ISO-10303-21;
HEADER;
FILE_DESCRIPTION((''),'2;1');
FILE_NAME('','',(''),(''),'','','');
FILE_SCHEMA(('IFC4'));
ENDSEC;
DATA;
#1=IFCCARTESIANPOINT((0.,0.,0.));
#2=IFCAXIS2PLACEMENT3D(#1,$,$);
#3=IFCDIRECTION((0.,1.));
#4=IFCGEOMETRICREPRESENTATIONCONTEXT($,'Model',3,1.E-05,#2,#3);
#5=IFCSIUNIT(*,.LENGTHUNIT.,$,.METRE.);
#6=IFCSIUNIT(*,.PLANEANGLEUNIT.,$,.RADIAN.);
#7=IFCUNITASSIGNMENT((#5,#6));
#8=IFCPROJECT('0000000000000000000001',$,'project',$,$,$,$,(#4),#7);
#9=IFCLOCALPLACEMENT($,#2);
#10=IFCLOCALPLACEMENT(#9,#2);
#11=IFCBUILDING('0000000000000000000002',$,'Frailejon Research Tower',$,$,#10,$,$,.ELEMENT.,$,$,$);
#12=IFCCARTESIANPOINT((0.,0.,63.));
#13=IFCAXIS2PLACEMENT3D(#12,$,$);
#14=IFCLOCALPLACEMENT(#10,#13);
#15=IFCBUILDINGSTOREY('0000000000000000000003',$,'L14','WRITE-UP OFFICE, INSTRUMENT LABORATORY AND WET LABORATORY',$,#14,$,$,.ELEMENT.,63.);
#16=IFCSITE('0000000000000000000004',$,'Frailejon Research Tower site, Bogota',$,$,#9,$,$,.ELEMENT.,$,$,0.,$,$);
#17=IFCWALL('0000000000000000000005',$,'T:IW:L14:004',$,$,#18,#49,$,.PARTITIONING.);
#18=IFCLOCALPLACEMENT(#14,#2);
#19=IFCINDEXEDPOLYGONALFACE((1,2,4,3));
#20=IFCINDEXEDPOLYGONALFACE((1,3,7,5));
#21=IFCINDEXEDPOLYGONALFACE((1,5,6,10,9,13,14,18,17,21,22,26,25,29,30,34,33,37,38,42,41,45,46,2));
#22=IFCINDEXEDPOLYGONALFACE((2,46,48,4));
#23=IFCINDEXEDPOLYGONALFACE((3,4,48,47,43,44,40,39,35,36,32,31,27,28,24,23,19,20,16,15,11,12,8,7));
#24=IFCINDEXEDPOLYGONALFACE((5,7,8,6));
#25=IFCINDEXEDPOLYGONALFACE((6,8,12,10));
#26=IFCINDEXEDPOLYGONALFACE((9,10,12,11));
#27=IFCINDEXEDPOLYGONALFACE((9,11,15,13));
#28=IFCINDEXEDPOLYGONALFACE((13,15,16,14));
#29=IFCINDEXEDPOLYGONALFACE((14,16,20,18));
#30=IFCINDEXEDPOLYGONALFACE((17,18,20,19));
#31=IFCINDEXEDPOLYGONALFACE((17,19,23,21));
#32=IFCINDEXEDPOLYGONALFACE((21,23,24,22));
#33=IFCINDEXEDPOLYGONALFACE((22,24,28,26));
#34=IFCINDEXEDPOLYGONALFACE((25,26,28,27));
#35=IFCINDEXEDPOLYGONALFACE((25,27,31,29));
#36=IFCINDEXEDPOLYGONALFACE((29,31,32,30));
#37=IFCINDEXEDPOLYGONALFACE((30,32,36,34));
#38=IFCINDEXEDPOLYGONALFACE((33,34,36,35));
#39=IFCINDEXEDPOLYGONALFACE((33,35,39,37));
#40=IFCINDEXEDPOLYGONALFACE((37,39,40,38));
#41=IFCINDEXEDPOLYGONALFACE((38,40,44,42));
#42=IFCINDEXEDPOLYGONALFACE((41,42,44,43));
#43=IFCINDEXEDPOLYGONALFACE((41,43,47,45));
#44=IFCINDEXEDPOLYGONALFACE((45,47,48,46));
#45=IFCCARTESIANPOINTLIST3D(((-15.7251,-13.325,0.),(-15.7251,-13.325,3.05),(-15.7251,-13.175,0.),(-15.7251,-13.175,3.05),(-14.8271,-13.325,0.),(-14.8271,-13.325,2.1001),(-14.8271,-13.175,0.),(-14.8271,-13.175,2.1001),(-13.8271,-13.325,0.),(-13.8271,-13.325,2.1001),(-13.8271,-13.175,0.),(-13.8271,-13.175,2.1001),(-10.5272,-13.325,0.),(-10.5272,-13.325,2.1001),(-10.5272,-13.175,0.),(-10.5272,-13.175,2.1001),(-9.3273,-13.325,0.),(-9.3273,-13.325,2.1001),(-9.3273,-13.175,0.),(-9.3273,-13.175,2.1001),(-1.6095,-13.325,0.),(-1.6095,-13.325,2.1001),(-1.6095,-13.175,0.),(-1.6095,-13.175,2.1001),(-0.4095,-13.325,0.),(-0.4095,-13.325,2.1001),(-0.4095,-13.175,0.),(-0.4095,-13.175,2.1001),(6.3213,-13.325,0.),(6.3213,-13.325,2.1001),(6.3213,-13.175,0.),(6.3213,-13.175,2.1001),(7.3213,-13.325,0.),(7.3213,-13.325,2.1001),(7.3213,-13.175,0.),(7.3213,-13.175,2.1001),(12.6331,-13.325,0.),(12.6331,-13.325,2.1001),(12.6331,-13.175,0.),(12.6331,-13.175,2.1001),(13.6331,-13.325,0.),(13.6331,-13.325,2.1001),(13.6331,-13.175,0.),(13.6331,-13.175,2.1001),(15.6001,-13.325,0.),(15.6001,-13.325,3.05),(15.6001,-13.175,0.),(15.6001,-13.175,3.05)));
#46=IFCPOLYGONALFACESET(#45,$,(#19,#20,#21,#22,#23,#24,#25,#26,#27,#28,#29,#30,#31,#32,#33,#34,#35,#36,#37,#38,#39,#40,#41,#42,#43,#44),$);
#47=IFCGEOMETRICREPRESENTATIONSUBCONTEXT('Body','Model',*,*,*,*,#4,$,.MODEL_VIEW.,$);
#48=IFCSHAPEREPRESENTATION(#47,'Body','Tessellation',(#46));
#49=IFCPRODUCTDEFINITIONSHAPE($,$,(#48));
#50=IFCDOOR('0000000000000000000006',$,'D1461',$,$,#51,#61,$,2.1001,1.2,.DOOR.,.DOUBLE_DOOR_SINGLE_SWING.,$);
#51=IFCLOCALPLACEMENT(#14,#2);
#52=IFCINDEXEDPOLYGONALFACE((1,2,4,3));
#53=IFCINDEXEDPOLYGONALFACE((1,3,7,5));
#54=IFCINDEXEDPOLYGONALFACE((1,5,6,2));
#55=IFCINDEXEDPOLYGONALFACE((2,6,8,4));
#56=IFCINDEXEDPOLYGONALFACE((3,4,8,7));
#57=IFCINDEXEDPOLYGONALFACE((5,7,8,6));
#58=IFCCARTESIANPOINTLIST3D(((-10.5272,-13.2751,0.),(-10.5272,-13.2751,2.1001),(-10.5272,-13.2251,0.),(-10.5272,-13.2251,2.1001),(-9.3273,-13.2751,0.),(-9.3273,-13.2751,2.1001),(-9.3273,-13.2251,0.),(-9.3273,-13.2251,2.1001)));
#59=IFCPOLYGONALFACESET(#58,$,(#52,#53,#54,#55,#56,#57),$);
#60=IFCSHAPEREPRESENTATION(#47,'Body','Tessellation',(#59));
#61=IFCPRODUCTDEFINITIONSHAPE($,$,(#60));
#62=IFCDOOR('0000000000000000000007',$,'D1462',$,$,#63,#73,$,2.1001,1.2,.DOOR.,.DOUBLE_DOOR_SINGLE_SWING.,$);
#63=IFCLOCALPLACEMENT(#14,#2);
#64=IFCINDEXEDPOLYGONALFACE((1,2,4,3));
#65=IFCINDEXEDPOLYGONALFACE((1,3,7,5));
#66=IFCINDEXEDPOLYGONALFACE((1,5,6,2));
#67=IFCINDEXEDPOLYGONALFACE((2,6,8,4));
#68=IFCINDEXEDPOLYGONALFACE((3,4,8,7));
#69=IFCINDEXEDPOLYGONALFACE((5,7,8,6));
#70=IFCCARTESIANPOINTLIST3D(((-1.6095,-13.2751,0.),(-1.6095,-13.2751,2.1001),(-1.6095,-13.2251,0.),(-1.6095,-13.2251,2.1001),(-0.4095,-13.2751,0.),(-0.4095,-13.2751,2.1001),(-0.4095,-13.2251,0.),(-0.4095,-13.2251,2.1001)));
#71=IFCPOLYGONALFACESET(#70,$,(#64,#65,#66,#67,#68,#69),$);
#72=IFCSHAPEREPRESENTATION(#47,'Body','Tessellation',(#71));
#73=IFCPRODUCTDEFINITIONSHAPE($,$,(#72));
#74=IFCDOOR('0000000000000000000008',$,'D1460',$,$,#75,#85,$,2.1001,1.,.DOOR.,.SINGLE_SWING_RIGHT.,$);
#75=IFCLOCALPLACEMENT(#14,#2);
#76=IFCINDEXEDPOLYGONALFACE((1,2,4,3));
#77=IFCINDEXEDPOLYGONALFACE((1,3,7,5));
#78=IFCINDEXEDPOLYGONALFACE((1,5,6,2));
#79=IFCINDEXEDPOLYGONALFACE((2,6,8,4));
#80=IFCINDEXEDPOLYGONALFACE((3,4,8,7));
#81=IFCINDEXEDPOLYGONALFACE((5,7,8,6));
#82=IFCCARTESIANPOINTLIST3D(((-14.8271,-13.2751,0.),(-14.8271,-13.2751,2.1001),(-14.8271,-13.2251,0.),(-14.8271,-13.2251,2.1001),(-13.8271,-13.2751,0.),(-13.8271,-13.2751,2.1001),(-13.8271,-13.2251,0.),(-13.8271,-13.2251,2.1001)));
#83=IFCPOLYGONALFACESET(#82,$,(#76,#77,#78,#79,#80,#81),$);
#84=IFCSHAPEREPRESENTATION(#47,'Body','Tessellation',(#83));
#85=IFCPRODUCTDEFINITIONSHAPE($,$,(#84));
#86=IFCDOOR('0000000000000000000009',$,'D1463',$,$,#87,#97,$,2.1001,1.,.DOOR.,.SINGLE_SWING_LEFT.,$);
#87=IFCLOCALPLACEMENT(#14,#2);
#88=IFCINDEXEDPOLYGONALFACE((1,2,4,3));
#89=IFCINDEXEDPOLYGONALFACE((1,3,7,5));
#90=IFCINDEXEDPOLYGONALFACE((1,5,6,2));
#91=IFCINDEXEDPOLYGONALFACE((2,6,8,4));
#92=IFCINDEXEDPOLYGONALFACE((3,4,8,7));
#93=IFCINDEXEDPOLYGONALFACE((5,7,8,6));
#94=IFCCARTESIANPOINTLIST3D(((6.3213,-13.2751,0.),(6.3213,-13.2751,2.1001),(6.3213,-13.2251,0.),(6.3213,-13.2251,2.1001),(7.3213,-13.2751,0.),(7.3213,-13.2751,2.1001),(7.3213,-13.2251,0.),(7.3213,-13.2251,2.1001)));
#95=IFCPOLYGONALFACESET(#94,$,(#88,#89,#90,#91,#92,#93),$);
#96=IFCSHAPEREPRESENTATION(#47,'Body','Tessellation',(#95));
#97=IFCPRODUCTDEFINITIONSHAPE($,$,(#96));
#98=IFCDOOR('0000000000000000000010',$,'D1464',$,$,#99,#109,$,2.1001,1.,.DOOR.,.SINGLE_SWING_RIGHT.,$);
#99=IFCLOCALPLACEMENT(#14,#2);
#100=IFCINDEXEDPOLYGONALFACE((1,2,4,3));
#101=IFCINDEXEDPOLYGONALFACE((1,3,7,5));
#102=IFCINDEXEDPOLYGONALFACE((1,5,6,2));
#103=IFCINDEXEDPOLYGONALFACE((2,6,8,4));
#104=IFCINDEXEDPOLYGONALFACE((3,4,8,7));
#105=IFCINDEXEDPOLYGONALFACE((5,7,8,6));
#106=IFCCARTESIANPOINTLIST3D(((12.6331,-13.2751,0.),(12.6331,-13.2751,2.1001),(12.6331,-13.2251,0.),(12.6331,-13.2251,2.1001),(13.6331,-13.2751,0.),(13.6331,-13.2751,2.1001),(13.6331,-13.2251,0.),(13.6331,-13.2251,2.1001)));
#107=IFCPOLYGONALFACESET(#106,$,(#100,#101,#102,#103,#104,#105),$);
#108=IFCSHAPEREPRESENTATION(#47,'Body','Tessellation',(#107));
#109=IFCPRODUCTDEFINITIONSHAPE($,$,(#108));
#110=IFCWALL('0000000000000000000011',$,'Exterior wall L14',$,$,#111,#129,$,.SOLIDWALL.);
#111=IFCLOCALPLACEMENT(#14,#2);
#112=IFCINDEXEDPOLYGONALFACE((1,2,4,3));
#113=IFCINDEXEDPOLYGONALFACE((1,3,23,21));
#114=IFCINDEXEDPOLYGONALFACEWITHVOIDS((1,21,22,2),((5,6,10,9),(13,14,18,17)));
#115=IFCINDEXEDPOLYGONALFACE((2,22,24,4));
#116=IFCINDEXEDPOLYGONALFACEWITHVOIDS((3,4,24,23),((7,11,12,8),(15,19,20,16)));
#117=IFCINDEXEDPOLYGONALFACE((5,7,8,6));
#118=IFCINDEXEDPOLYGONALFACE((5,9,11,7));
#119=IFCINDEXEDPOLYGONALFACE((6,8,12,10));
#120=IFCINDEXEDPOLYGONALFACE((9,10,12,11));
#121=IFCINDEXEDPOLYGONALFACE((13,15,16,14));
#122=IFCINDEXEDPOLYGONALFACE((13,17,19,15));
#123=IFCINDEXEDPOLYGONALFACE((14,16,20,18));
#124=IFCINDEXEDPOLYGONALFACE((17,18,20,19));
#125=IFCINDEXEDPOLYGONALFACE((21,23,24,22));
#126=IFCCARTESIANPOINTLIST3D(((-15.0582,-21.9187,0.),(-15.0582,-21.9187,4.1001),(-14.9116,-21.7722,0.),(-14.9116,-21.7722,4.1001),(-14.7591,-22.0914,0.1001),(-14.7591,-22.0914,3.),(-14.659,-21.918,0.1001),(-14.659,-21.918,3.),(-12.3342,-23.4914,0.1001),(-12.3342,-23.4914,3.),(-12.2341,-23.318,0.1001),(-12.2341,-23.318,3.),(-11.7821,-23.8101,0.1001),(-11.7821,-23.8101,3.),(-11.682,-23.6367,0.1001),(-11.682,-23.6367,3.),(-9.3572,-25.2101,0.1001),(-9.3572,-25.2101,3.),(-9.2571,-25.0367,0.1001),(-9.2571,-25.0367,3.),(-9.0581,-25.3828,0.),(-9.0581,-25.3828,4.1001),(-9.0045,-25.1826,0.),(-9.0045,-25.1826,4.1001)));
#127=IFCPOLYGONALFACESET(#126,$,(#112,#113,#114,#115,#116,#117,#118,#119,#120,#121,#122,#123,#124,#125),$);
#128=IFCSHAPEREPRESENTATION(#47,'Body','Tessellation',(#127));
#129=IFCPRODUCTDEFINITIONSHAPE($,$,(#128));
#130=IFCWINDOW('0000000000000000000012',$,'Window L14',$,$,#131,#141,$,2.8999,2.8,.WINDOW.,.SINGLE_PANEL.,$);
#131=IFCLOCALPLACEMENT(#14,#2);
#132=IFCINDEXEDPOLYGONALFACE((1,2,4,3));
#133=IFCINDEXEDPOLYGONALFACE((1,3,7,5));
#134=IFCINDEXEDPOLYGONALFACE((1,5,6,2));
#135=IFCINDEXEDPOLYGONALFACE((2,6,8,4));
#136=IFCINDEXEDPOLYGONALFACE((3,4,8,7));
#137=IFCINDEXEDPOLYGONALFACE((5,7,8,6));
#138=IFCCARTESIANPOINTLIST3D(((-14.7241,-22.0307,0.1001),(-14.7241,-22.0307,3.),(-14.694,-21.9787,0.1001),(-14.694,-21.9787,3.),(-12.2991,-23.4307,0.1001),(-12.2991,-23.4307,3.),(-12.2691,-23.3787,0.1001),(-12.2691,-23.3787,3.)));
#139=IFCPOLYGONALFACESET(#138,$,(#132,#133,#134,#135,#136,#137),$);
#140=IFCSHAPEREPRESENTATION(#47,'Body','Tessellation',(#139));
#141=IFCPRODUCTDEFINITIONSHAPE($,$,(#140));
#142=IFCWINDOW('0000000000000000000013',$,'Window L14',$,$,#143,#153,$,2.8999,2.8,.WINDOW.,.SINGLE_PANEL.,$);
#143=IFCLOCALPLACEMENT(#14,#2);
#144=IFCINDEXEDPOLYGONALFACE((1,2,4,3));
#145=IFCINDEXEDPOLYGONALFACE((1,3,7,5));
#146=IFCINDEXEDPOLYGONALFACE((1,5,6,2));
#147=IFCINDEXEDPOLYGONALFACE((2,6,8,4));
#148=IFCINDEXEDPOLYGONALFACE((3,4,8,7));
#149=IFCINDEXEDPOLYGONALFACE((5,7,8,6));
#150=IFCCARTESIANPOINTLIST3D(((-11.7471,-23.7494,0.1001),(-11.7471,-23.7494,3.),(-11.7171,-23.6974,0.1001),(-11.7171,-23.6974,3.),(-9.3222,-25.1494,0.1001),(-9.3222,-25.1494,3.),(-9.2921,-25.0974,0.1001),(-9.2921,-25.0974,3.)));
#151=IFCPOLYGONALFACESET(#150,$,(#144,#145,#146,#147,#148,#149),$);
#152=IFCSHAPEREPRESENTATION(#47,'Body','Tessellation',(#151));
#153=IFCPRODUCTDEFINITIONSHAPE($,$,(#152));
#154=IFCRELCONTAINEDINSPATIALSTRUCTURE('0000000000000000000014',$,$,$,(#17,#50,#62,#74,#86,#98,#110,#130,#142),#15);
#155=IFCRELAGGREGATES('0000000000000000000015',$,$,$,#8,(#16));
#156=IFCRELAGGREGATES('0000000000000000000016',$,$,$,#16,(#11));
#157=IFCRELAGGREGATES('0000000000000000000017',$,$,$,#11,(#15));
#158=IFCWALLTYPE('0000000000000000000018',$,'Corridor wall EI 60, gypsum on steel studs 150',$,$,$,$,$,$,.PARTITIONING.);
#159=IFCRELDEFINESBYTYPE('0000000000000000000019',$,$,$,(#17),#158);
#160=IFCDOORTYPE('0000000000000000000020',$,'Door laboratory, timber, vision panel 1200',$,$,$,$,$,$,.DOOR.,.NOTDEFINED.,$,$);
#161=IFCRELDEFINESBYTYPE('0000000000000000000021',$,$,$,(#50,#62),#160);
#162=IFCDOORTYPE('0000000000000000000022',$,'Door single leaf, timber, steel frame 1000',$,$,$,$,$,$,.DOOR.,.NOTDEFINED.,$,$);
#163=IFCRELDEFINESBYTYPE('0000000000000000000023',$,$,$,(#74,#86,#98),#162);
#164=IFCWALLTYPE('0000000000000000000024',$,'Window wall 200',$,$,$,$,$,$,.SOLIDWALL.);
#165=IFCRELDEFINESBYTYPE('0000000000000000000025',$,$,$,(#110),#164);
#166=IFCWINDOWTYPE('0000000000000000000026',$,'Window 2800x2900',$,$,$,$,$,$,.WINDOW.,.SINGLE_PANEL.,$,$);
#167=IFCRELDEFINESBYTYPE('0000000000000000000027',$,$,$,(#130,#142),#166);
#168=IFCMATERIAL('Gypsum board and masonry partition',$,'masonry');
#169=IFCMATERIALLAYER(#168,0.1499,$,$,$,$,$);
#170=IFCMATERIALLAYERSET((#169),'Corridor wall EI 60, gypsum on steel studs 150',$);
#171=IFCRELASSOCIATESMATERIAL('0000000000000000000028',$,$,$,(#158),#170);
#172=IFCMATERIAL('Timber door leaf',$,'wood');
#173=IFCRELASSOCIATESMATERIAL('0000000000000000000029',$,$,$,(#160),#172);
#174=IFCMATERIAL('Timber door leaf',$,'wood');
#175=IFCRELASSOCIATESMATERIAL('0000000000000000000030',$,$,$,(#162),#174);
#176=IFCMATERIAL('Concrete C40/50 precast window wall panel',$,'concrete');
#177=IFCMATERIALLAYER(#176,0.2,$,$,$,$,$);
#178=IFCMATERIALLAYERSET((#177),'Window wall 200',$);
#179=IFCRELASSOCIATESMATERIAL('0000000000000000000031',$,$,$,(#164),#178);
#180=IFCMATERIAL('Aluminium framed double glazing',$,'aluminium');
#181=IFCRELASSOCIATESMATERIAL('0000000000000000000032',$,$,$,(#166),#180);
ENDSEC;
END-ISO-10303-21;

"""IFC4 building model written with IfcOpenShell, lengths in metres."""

from ifc_helpers import new_model, si_unit, direction, frame, frame_2d, origin, place, context, subcontext, project, spatial, polyline, rectangle, outline, extrude, material, layer, layer_set, type_object, element, fill, save


model = new_model("IFC4")

# Units and contexts
model_context = context("Model", 3, precision=1e-05, world=origin(), true_north=direction((0.0, 1.0)))
body_context = subcontext(model_context, "Body", "Model", "MODEL_VIEW")
ifc_project = project(units=[si_unit("LENGTHUNIT", "METRE"), si_unit("PLANEANGLEUNIT", "RADIAN")], contexts=[model_context])

# Site, building, storey
site_placement = place(None, origin())
site = spatial("IfcSite", under=ifc_project, at=site_placement, Name="Frailejon Research Tower site, Bogota", CompositionType="ELEMENT", RefElevation=0.0)
building_placement = place(site_placement, origin())
building = spatial("IfcBuilding", under=site, at=building_placement, Name="Frailejon Research Tower", CompositionType="ELEMENT")
storey_placement = place(building_placement, frame((0.0, 0.0, 63.0)))
storey = spatial("IfcBuildingStorey", under=building, at=storey_placement, Name="L14", Description="WRITE-UP OFFICE, INSTRUMENT LABORATORY AND WET LABORATORY", CompositionType="ELEMENT", Elevation=63.0)

# Wall, openings, doors
ifc_material_1 = material(Name="Gypsum board and masonry partition", Category="masonry")
ifc_layer_1 = layer(ifc_material_1, 0.1499)
ifc_layer_set_1 = layer_set([ifc_layer_1], Name="Corridor wall EI 60, gypsum on steel studs 150")
wall_type_1 = type_object("IfcWallType", Name="Corridor wall EI 60, gypsum on steel studs 150", PredefinedType="PARTITIONING", material=ifc_layer_set_1)
wall_1_placement = place(storey_placement, frame((-15.7251, -13.25, 0.0), z_axis=(0.0, 0.0, 1.0), x_axis=(1.0, 0.0, 0.0)))
wall_1 = element("IfcWall", 1, at=wall_1_placement, inside=storey, type_object=wall_type_1, Name="T:IW:L14:004", PredefinedType="PARTITIONING", context=body_context, shape_type="SweptSolid", body=[
    extrude(rectangle(XDim=31.3252, YDim=0.1499, at=frame_2d((15.6626, 0.0))), origin(), (0.0, 0.0, 1.0), 3.05),
])
opening_1_placement = place(wall_1_placement, frame((0.8979, 0.0, 0.0)))
opening_1 = element("IfcOpeningElement", 2, at=opening_1_placement, cuts=wall_1, PredefinedType="OPENING", context=body_context, shape_type="SweptSolid", body=[
    extrude(rectangle(XDim=1.0, YDim=2.1001, at=frame_2d((0.5, 1.05))), frame((0.0, 0.085, 0.0), z_axis=(0.0, -1.0, 0.0), x_axis=(1.0, 0.0, 0.0)), (0.0, 0.0, 1.0), 0.1699),
])
opening_2_placement = place(wall_1_placement, frame((5.1978, 0.0, 0.0)))
opening_2 = element("IfcOpeningElement", 3, at=opening_2_placement, cuts=wall_1, PredefinedType="OPENING", context=body_context, shape_type="SweptSolid", body=[
    extrude(rectangle(XDim=1.2, YDim=2.1001, at=frame_2d((0.6001, 1.05))), frame((0.0, 0.085, 0.0), z_axis=(0.0, -1.0, 0.0), x_axis=(1.0, 0.0, 0.0)), (0.0, 0.0, 1.0), 0.1699),
])
opening_3_placement = place(wall_1_placement, frame((14.1155, 0.0, 0.0)))
opening_3 = element("IfcOpeningElement", 4, at=opening_3_placement, cuts=wall_1, PredefinedType="OPENING", context=body_context, shape_type="SweptSolid", body=[
    extrude(rectangle(XDim=1.2, YDim=2.1001, at=frame_2d((0.6001, 1.05))), frame((0.0, 0.085, 0.0), z_axis=(0.0, -1.0, 0.0), x_axis=(1.0, 0.0, 0.0)), (0.0, 0.0, 1.0), 0.1699),
])
opening_4_placement = place(wall_1_placement, frame((22.0464, 0.0, 0.0)))
opening_4 = element("IfcOpeningElement", 5, at=opening_4_placement, cuts=wall_1, PredefinedType="OPENING", context=body_context, shape_type="SweptSolid", body=[
    extrude(rectangle(XDim=1.0, YDim=2.1001, at=frame_2d((0.5, 1.05))), frame((0.0, 0.085, 0.0), z_axis=(0.0, -1.0, 0.0), x_axis=(1.0, 0.0, 0.0)), (0.0, 0.0, 1.0), 0.1699),
])
opening_5_placement = place(wall_1_placement, frame((28.3582, 0.0, 0.0)))
opening_5 = element("IfcOpeningElement", 6, at=opening_5_placement, cuts=wall_1, PredefinedType="OPENING", context=body_context, shape_type="SweptSolid", body=[
    extrude(rectangle(XDim=1.0, YDim=2.1001, at=frame_2d((0.5, 1.05))), frame((0.0, 0.085, 0.0), z_axis=(0.0, -1.0, 0.0), x_axis=(1.0, 0.0, 0.0)), (0.0, 0.0, 1.0), 0.1699),
])
ifc_material_2 = material(Name="Timber door leaf", Category="wood")
door_type_1 = type_object("IfcDoorType", Name="Door laboratory, timber, vision panel 1200", OperationType="NOTDEFINED", PredefinedType="DOOR", material=ifc_material_2)
door_1_placement = place(opening_2_placement, origin())
door_1 = element("IfcDoor", 7, at=door_1_placement, inside=storey, type_object=door_type_1, Name="D1461", OperationType="DOUBLE_DOOR_SINGLE_SWING", OverallHeight=2.1001, OverallWidth=1.2, PredefinedType="DOOR", context=body_context, shape_type="SweptSolid", body=[
    extrude(rectangle(XDim=1.2, YDim=2.1001, at=frame_2d((0.6001, 1.05))), frame((0.0, 0.0249, 0.0), z_axis=(0.0, -1.0, 0.0), x_axis=(1.0, 0.0, 0.0)), (0.0, 0.0, 1.0), 0.05),
])
fill(opening_2, door_1)
door_2_placement = place(opening_3_placement, origin())
door_2 = element("IfcDoor", 8, at=door_2_placement, inside=storey, type_object=door_type_1, Name="D1462", OperationType="DOUBLE_DOOR_SINGLE_SWING", OverallHeight=2.1001, OverallWidth=1.2, PredefinedType="DOOR", context=body_context, shape_type="SweptSolid", body=[
    extrude(rectangle(XDim=1.2, YDim=2.1001, at=frame_2d((0.6001, 1.05))), frame((0.0, 0.0249, 0.0), z_axis=(0.0, -1.0, 0.0), x_axis=(1.0, 0.0, 0.0)), (0.0, 0.0, 1.0), 0.05),
])
fill(opening_3, door_2)
ifc_material_3 = material(Name="Timber door leaf", Category="wood")
door_type_2 = type_object("IfcDoorType", Name="Door single leaf, timber, steel frame 1000", OperationType="NOTDEFINED", PredefinedType="DOOR", material=ifc_material_3)
door_3_placement = place(opening_1_placement, origin())
door_3 = element("IfcDoor", 9, at=door_3_placement, inside=storey, type_object=door_type_2, Name="D1460", OperationType="SINGLE_SWING_RIGHT", OverallHeight=2.1001, OverallWidth=1.0, PredefinedType="DOOR", context=body_context, shape_type="SweptSolid", body=[
    extrude(rectangle(XDim=1.0, YDim=2.1001, at=frame_2d((0.5, 1.05))), frame((0.0, 0.0249, 0.0), z_axis=(0.0, -1.0, 0.0), x_axis=(1.0, 0.0, 0.0)), (0.0, 0.0, 1.0), 0.05),
])
fill(opening_1, door_3)
door_4_placement = place(opening_4_placement, origin())
door_4 = element("IfcDoor", 10, at=door_4_placement, inside=storey, type_object=door_type_2, Name="D1463", OperationType="SINGLE_SWING_LEFT", OverallHeight=2.1001, OverallWidth=1.0, PredefinedType="DOOR", context=body_context, shape_type="SweptSolid", body=[
    extrude(rectangle(XDim=1.0, YDim=2.1001, at=frame_2d((0.5, 1.05))), frame((0.0, 0.0249, 0.0), z_axis=(0.0, -1.0, 0.0), x_axis=(1.0, 0.0, 0.0)), (0.0, 0.0, 1.0), 0.05),
])
fill(opening_4, door_4)
door_5_placement = place(opening_5_placement, origin())
door_5 = element("IfcDoor", 11, at=door_5_placement, inside=storey, type_object=door_type_2, Name="D1464", OperationType="SINGLE_SWING_RIGHT", OverallHeight=2.1001, OverallWidth=1.0, PredefinedType="DOOR", context=body_context, shape_type="SweptSolid", body=[
    extrude(rectangle(XDim=1.0, YDim=2.1001, at=frame_2d((0.5, 1.05))), frame((0.0, 0.0249, 0.0), z_axis=(0.0, -1.0, 0.0), x_axis=(1.0, 0.0, 0.0)), (0.0, 0.0, 1.0), 0.05),
])
fill(opening_5, door_5)

# Wall, openings, windows
ifc_material_4 = material(Name="Concrete C40/50 precast window wall panel", Category="concrete")
ifc_layer_2 = layer(ifc_material_4, 0.2)
ifc_layer_set_2 = layer_set([ifc_layer_2], Name="Window wall 200")
wall_type_2 = type_object("IfcWallType", Name="Window wall 200", PredefinedType="SOLIDWALL", material=ifc_layer_set_2)
wall_2_placement = place(storey_placement, frame((-14.9849, -21.8455, 0.0), z_axis=(0.0, 0.0, 1.0), x_axis=(0.866029, -0.499993, 0.0)))
wall_2 = element("IfcWall", 12, at=wall_2_placement, inside=storey, type_object=wall_type_2, Name="Exterior wall L14", PredefinedType="SOLIDWALL", context=body_context, shape_type="SweptSolid", body=[
    extrude(outline(polyline([(-0.0269, -0.1001), (1.1279, -0.1001), (2.2825, -0.1001), (3.4373, -0.1001), (4.592, -0.1001), (5.7466, -0.1001), (6.9014, -0.1001), (6.8477, 0.1001), (5.7109, 0.1001), (4.574, 0.1001), (3.4373, 0.1001), (2.3005, 0.1001), (1.1636, 0.1001), (0.0269, 0.1001), (-0.0269, -0.1001)])), origin(), (0.0, 0.0, 1.0), 4.1001),
])
opening_6_placement = place(wall_2_placement, frame((0.3186, 0.0, 0.1001)))
opening_6 = element("IfcOpeningElement", 13, at=opening_6_placement, cuts=wall_2, PredefinedType="OPENING", context=body_context, shape_type="SweptSolid", body=[
    extrude(rectangle(XDim=2.8, YDim=2.8999, at=frame_2d((1.3999, 1.45))), frame((0.0, 0.1099, 0.0), z_axis=(0.0, -1.0, 0.0), x_axis=(1.0, 0.0, 0.0)), (0.0, 0.0, 1.0), 0.22),
])
opening_7_placement = place(wall_2_placement, frame((3.7561, 0.0, 0.1001)))
opening_7 = element("IfcOpeningElement", 14, at=opening_7_placement, cuts=wall_2, PredefinedType="OPENING", context=body_context, shape_type="SweptSolid", body=[
    extrude(rectangle(XDim=2.8, YDim=2.8999, at=frame_2d((1.3999, 1.45))), frame((0.0, 0.1099, 0.0), z_axis=(0.0, -1.0, 0.0), x_axis=(1.0, 0.0, 0.0)), (0.0, 0.0, 1.0), 0.22),
])
ifc_material_5 = material(Name="Aluminium framed double glazing", Category="aluminium")
window_type = type_object("IfcWindowType", Name="Window 2800x2900", PartitioningType="SINGLE_PANEL", PredefinedType="WINDOW", material=ifc_material_5)
window_1_placement = place(opening_6_placement, origin())
window_1 = element("IfcWindow", 15, at=window_1_placement, inside=storey, type_object=window_type, Name="Window L14", OverallHeight=2.8999, OverallWidth=2.8, PartitioningType="SINGLE_PANEL", PredefinedType="WINDOW", context=body_context, shape_type="SweptSolid", body=[
    extrude(rectangle(XDim=2.8, YDim=2.8999, at=frame_2d((1.3999, 1.45))), frame((0.0, 0.03, 0.0), z_axis=(0.0, -1.0, 0.0), x_axis=(1.0, 0.0, 0.0)), (0.0, 0.0, 1.0), 0.0601),
])
fill(opening_6, window_1)
window_2_placement = place(opening_7_placement, origin())
window_2 = element("IfcWindow", 16, at=window_2_placement, inside=storey, type_object=window_type, Name="Window L14", OverallHeight=2.8999, OverallWidth=2.8, PartitioningType="SINGLE_PANEL", PredefinedType="WINDOW", context=body_context, shape_type="SweptSolid", body=[
    extrude(rectangle(XDim=2.8, YDim=2.8999, at=frame_2d((1.3999, 1.45))), frame((0.0, 0.03, 0.0), z_axis=(0.0, -1.0, 0.0), x_axis=(1.0, 0.0, 0.0)), (0.0, 0.0, 1.0), 0.0601),
])
fill(opening_7, window_2)

save(model, "model.ifc")
